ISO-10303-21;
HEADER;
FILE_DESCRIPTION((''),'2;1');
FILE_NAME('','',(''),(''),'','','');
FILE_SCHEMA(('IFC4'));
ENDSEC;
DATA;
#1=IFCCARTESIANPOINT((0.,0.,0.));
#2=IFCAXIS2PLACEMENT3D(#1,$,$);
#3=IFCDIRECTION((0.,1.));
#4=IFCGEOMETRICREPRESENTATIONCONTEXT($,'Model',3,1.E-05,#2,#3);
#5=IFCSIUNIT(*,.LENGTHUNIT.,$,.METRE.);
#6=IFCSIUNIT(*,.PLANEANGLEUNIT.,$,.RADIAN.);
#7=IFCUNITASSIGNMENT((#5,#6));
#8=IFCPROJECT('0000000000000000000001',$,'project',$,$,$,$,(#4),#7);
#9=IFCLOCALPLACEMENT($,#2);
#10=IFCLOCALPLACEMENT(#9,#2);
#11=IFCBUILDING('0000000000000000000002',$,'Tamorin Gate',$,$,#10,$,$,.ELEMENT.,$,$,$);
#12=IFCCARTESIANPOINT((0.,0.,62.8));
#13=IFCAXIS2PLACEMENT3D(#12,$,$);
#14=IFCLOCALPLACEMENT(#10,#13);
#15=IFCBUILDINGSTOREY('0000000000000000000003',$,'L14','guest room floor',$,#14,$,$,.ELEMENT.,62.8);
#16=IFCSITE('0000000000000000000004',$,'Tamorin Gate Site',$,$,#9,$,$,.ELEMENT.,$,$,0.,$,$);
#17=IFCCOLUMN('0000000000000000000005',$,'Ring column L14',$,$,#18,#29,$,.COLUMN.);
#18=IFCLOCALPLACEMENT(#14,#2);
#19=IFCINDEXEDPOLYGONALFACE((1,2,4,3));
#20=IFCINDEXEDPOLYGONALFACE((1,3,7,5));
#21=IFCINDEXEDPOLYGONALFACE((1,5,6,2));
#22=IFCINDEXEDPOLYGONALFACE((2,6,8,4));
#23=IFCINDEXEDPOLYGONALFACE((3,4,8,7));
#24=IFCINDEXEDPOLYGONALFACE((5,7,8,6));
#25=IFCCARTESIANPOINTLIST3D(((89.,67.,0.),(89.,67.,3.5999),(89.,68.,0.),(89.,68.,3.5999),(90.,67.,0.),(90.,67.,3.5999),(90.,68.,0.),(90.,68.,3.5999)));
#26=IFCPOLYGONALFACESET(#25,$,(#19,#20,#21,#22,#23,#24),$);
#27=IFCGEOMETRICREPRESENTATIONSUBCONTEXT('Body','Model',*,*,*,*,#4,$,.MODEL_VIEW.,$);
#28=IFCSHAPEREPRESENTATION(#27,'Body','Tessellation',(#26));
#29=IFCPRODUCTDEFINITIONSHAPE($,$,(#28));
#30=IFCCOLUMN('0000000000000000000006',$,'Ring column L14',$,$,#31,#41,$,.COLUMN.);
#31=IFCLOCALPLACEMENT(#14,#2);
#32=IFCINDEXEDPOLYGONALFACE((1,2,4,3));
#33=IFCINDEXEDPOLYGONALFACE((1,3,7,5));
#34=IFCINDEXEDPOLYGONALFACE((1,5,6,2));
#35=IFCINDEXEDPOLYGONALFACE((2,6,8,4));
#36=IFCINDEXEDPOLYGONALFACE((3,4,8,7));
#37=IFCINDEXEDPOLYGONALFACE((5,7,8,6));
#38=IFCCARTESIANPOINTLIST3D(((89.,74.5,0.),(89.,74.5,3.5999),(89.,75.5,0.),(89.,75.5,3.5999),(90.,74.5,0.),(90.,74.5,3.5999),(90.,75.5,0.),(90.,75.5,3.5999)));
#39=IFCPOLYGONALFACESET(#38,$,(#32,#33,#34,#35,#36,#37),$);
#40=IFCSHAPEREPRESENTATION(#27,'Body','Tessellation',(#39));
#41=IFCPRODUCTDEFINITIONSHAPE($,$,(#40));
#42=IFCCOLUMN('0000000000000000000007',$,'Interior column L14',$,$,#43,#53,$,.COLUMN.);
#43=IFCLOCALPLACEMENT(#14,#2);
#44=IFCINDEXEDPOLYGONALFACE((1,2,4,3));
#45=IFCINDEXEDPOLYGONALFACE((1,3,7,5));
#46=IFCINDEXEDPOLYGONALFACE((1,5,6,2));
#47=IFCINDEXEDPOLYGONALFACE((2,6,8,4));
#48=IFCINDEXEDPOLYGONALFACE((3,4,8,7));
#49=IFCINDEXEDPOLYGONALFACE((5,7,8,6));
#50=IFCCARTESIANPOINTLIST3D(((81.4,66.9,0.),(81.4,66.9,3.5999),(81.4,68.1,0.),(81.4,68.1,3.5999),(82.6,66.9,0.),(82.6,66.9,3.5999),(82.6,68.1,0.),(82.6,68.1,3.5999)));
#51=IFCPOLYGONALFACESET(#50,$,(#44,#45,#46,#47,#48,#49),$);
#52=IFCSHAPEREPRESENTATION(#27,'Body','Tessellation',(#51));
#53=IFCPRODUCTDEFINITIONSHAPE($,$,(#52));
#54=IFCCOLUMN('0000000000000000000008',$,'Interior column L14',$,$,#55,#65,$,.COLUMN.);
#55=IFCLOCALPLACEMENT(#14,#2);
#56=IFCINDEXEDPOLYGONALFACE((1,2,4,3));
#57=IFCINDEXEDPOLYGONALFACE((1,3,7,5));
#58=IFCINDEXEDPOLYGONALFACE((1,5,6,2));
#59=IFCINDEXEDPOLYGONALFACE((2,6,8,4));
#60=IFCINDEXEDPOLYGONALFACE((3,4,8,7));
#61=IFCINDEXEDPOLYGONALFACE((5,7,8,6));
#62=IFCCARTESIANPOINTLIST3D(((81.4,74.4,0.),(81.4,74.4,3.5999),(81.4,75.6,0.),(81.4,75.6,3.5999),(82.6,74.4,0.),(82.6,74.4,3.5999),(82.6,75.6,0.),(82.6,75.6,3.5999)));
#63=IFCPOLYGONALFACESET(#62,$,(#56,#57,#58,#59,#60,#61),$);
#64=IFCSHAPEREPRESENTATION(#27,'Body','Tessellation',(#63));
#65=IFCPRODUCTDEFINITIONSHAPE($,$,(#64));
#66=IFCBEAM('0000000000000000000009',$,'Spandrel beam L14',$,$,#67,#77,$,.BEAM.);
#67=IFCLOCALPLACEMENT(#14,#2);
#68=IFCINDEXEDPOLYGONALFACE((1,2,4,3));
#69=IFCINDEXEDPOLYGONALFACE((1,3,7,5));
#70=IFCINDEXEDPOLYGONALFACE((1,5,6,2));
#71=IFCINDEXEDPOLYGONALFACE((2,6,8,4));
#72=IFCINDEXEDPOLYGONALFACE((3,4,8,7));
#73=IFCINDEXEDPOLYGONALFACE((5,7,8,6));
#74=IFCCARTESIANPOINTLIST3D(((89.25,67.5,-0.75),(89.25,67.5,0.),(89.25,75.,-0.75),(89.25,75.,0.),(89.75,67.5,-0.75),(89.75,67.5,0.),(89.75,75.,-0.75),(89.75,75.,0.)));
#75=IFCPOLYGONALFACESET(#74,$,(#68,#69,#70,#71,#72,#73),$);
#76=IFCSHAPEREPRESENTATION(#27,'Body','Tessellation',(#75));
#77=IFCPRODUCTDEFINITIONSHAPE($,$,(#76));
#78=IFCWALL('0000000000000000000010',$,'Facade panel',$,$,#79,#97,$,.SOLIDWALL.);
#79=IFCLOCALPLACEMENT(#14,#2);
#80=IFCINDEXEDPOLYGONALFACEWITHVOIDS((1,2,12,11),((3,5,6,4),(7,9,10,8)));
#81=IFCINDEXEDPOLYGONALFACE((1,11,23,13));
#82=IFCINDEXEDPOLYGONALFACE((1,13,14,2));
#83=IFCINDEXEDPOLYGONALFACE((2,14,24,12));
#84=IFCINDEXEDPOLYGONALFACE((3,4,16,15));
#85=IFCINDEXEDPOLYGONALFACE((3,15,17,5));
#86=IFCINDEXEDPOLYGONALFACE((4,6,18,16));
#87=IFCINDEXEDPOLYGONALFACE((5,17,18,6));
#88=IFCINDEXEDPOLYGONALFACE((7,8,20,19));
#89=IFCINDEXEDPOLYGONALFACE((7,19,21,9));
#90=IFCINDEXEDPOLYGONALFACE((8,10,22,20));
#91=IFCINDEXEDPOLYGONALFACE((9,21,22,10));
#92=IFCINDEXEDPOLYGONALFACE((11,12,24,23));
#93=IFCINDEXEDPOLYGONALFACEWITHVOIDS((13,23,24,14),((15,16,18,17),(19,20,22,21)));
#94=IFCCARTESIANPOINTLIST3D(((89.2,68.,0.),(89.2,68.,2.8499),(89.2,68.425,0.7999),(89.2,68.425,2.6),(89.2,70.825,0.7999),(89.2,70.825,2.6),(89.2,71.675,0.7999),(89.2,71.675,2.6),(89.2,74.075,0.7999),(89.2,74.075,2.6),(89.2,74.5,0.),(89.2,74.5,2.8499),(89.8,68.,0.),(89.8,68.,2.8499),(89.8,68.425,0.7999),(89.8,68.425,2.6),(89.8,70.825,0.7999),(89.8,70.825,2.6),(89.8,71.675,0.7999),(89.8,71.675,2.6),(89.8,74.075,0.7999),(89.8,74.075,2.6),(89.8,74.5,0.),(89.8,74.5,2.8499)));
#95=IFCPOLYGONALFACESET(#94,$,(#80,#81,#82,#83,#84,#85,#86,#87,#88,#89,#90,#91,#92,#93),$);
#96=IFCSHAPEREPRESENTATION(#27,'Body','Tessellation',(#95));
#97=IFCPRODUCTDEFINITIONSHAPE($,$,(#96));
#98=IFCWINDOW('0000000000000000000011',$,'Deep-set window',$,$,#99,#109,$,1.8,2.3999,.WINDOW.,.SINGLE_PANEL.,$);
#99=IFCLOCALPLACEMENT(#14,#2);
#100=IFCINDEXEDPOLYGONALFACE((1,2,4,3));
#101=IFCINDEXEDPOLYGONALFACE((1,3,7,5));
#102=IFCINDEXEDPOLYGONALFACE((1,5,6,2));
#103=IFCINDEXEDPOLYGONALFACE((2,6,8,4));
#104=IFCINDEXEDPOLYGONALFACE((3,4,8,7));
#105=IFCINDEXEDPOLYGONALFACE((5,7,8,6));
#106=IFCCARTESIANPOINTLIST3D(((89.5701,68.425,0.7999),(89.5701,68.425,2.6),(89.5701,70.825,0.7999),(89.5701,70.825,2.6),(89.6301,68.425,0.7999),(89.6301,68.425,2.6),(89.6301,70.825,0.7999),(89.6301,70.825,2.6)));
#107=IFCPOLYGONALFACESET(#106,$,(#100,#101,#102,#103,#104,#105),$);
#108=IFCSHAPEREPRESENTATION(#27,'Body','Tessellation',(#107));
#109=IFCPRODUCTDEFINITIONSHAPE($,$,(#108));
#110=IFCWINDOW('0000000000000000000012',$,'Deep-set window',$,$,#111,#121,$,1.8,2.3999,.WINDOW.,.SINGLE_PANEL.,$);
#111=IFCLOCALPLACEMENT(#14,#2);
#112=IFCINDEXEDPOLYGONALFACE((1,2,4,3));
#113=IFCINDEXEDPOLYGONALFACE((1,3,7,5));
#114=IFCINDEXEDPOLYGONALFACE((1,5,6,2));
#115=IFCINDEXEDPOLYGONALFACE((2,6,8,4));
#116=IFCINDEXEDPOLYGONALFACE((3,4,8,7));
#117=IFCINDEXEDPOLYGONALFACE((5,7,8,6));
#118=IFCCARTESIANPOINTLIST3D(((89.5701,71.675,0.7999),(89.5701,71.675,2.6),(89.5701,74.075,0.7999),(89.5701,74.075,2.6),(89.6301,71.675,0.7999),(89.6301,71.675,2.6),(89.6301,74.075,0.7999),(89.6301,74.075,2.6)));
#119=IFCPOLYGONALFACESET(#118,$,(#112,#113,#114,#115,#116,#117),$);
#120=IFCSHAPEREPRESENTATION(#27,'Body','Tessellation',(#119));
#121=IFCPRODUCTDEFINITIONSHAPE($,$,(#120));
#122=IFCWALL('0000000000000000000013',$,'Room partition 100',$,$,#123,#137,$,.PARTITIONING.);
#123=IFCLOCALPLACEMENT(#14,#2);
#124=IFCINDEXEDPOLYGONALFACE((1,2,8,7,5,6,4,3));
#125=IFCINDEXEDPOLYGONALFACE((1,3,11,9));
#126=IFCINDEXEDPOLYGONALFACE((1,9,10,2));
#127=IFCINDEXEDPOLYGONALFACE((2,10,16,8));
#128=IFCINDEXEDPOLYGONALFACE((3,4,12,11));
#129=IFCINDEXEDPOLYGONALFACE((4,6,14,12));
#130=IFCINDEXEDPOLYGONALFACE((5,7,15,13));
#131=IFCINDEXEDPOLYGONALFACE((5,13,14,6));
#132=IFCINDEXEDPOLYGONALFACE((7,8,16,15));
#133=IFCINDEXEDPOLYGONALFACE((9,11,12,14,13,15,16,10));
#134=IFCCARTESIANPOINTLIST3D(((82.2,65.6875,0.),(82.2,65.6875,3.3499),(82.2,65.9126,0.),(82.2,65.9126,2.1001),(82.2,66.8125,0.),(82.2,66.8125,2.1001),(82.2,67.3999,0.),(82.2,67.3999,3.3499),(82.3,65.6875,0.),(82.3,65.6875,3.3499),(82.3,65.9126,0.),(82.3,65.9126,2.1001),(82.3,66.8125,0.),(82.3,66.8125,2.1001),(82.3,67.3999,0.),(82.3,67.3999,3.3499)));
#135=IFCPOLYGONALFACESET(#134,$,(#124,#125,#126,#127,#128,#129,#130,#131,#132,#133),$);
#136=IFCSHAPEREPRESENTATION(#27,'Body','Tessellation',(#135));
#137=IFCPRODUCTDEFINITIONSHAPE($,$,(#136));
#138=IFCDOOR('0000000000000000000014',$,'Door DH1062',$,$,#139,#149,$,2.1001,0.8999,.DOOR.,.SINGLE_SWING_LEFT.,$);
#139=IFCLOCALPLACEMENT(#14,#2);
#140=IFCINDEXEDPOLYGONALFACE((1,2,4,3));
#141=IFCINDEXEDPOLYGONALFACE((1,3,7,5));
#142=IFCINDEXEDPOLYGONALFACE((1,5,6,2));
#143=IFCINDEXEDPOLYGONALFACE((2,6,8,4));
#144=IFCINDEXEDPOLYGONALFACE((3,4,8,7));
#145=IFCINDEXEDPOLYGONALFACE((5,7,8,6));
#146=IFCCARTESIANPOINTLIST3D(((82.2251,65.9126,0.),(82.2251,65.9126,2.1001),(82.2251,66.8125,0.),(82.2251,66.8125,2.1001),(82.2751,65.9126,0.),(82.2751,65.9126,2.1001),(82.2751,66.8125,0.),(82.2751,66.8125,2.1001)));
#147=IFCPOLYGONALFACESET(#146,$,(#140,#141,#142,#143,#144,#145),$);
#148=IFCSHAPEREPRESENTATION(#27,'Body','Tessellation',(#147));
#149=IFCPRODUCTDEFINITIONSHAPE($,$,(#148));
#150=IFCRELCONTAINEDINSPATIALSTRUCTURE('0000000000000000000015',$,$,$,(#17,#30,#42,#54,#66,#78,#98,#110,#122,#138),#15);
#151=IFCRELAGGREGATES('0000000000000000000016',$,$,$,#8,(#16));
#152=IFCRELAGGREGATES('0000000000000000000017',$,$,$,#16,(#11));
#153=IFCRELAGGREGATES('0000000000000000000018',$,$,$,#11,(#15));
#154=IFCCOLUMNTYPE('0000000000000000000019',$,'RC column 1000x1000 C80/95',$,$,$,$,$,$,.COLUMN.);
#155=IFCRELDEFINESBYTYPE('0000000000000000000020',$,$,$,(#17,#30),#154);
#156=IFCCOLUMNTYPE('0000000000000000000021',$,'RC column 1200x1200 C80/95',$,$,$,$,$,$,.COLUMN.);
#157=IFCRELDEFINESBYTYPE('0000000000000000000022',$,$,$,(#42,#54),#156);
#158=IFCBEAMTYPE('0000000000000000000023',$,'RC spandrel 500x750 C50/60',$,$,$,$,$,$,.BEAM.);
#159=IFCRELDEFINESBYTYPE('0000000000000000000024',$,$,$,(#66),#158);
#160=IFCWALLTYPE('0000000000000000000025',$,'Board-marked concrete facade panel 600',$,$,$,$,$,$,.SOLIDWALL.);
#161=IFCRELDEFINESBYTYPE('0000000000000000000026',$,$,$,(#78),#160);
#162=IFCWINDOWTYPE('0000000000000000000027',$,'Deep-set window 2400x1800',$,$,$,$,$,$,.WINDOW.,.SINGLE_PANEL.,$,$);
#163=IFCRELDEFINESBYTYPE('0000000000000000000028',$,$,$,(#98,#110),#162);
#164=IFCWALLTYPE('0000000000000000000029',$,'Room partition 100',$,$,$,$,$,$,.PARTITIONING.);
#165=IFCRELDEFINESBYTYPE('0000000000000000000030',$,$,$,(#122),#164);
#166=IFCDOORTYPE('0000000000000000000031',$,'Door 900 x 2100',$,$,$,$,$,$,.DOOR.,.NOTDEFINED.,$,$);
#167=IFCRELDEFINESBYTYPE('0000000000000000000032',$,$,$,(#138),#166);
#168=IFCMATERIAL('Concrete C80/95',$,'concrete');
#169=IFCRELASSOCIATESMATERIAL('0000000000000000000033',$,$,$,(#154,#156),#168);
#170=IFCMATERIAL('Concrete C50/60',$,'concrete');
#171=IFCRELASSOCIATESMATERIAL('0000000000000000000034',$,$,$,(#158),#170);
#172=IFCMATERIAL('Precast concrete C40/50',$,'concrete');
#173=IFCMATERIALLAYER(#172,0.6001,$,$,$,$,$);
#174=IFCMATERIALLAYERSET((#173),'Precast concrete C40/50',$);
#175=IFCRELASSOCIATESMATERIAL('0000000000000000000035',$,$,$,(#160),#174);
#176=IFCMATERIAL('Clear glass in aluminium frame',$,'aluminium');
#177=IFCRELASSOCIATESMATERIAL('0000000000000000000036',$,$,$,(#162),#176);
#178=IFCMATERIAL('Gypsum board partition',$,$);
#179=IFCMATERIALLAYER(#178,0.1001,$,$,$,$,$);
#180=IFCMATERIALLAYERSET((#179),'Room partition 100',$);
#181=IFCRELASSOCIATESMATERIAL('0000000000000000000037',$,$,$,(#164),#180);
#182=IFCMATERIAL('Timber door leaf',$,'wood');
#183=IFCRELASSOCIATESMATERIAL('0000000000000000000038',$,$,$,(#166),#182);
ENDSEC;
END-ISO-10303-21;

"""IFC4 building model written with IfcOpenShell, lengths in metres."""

from ifc_helpers import new_model, si_unit, direction, frame, frame_2d, origin, origin_2d, place, context, subcontext, project, spatial, rectangle, extrude, material, layer, layer_set, material_profile, profile_set, type_object, element, fill, save


model = new_model("IFC4")

# Units and contexts
model_context = context("Model", 3, precision=1e-05, world=origin(), true_north=direction((0.0, 1.0)))
body_context = subcontext(model_context, "Body", "Model", "MODEL_VIEW")
ifc_project = project(units=[si_unit("LENGTHUNIT", "METRE"), si_unit("PLANEANGLEUNIT", "RADIAN")], contexts=[model_context])

# Site, building, storey
site_placement = place(None, origin())
site = spatial("IfcSite", under=ifc_project, at=site_placement, Name="Tamorin Gate Site", CompositionType="ELEMENT", RefElevation=0.0)
building_placement = place(site_placement, origin())
building = spatial("IfcBuilding", under=site, at=building_placement, Name="Tamorin Gate", CompositionType="ELEMENT")
storey_placement = place(building_placement, frame((0.0, 0.0, 62.8)))
storey = spatial("IfcBuildingStorey", under=building, at=storey_placement, Name="L14", Description="guest room floor", CompositionType="ELEMENT", Elevation=62.8)

# Columns
ifc_material_1 = material(Name="Concrete C80/95", Category="concrete")
ifc_material_profile_1 = material_profile(ifc_material_1, rectangle(XDim=1.0, YDim=1.0, at=origin_2d()), Name="RC 1000x1000")
ifc_profile_set_1 = profile_set([ifc_material_profile_1], Name="Concrete C80/95")
column_type_1 = type_object("IfcColumnType", Name="RC column 1000x1000 C80/95", PredefinedType="COLUMN", material=ifc_profile_set_1)
for number, where, z_axis, x_axis, name in (
    (1, (89.5, 67.5, 0.0), (0.0, 0.0, 1.0), (1.0, 0.0, 0.0), "Ring column L14"),
    (2, (89.5, 75.0, 0.0), (0.0, 0.0, 1.0), (1.0, 0.0, 0.0), "Ring column L14"),
):
    element("IfcColumn", number, at=place(storey_placement, frame(where, z_axis=z_axis, x_axis=x_axis)), inside=storey, type_object=column_type_1, Name=name, PredefinedType="COLUMN", context=body_context, shape_type="SweptSolid", body=[
        extrude(rectangle(XDim=1.0, YDim=1.0, at=origin_2d()), origin(), (0.0, 0.0, 1.0), 3.5999),
    ])
ifc_material_profile_2 = material_profile(ifc_material_1, rectangle(XDim=1.2, YDim=1.2, at=origin_2d()), Name="RC 1200x1200")
ifc_profile_set_2 = profile_set([ifc_material_profile_2], Name="Concrete C80/95")
column_type_2 = type_object("IfcColumnType", Name="RC column 1200x1200 C80/95", PredefinedType="COLUMN", material=ifc_profile_set_2)
for number, where, z_axis, x_axis, name in (
    (3, (82.0, 67.5, 0.0), (0.0, 0.0, 1.0), (1.0, 0.0, 0.0), "Interior column L14"),
    (4, (82.0, 75.0, 0.0), (0.0, 0.0, 1.0), (1.0, 0.0, 0.0), "Interior column L14"),
):
    element("IfcColumn", number, at=place(storey_placement, frame(where, z_axis=z_axis, x_axis=x_axis)), inside=storey, type_object=column_type_2, Name=name, PredefinedType="COLUMN", context=body_context, shape_type="SweptSolid", body=[
        extrude(rectangle(XDim=1.2, YDim=1.2, at=origin_2d()), origin(), (0.0, 0.0, 1.0), 3.5999),
    ])

# Beam
ifc_material_2 = material(Name="Concrete C50/60", Category="concrete")
ifc_material_profile_3 = material_profile(ifc_material_2, rectangle(XDim=0.5, YDim=0.75, at=origin_2d()), Name="RC 500x750")
ifc_profile_set_3 = profile_set([ifc_material_profile_3], Name="Concrete C50/60")
beam_type = type_object("IfcBeamType", Name="RC spandrel 500x750 C50/60", PredefinedType="BEAM", material=ifc_profile_set_3)
beam_placement = place(storey_placement, frame((89.5, 67.5, -0.375), z_axis=(0.0, 1.0, 0.0), x_axis=(-1.0, 0.0, 0.0)))
element("IfcBeam", 5, at=beam_placement, inside=storey, type_object=beam_type, Name="Spandrel beam L14", PredefinedType="BEAM", context=body_context, shape_type="SweptSolid", body=[
    extrude(rectangle(XDim=0.5, YDim=0.75, at=origin_2d()), origin(), (0.0, 0.0, 1.0), 7.5),
])

# Wall, openings, windows
ifc_material_3 = material(Name="Precast concrete C40/50", Category="concrete")
ifc_layer_1 = layer(ifc_material_3, 0.6001)
ifc_layer_set_1 = layer_set([ifc_layer_1], Name="Precast concrete C40/50")
wall_type_1 = type_object("IfcWallType", Name="Board-marked concrete facade panel 600", PredefinedType="SOLIDWALL", material=ifc_layer_set_1)
wall_1_placement = place(storey_placement, frame((89.5, 68.0, 0.0), z_axis=(0.0, 0.0, 1.0), x_axis=(0.0, 1.0, 0.0)))
wall_1 = element("IfcWall", 6, at=wall_1_placement, inside=storey, type_object=wall_type_1, Name="Facade panel", PredefinedType="SOLIDWALL", context=body_context, shape_type="SweptSolid", body=[
    extrude(rectangle(XDim=6.5, YDim=0.6001, at=frame_2d((3.25, 0.0))), origin(), (0.0, 0.0, 1.0), 2.8499),
])
opening_1_placement = place(wall_1_placement, frame((0.425, 0.0, 0.8)))
opening_1 = element("IfcOpeningElement", 7, at=opening_1_placement, cuts=wall_1, PredefinedType="OPENING", context=body_context, shape_type="SweptSolid", body=[
    extrude(rectangle(XDim=2.3999, YDim=1.8, at=frame_2d((1.2, 0.8999))), frame((0.0, 0.3101, 0.0), z_axis=(0.0, -1.0, 0.0), x_axis=(1.0, 0.0, 0.0)), (0.0, 0.0, 1.0), 0.6201),
])
opening_2_placement = place(wall_1_placement, frame((3.675, 0.0, 0.8)))
opening_2 = element("IfcOpeningElement", 8, at=opening_2_placement, cuts=wall_1, PredefinedType="OPENING", context=body_context, shape_type="SweptSolid", body=[
    extrude(rectangle(XDim=2.3999, YDim=1.8, at=frame_2d((1.2, 0.8999))), frame((0.0, 0.3101, 0.0), z_axis=(0.0, -1.0, 0.0), x_axis=(1.0, 0.0, 0.0)), (0.0, 0.0, 1.0), 0.6201),
])
ifc_material_4 = material(Name="Clear glass in aluminium frame", Category="aluminium")
window_type = type_object("IfcWindowType", Name="Deep-set window 2400x1800", PartitioningType="SINGLE_PANEL", PredefinedType="WINDOW", material=ifc_material_4)
window_1_placement = place(opening_1_placement, origin())
window_1 = element("IfcWindow", 9, at=window_1_placement, inside=storey, type_object=window_type, Name="Deep-set window", OverallHeight=1.8, OverallWidth=2.3999, PartitioningType="SINGLE_PANEL", PredefinedType="WINDOW", context=body_context, shape_type="SweptSolid", body=[
    extrude(rectangle(XDim=2.3999, YDim=1.8, at=frame_2d((1.2, 0.8999))), frame((0.0, -0.0701, 0.0), z_axis=(0.0, -1.0, 0.0), x_axis=(1.0, 0.0, 0.0)), (0.0, 0.0, 1.0), 0.0601),
])
fill(opening_1, window_1)
window_2_placement = place(opening_2_placement, origin())
window_2 = element("IfcWindow", 10, at=window_2_placement, inside=storey, type_object=window_type, Name="Deep-set window", OverallHeight=1.8, OverallWidth=2.3999, PartitioningType="SINGLE_PANEL", PredefinedType="WINDOW", context=body_context, shape_type="SweptSolid", body=[
    extrude(rectangle(XDim=2.3999, YDim=1.8, at=frame_2d((1.2, 0.8999))), frame((0.0, -0.0701, 0.0), z_axis=(0.0, -1.0, 0.0), x_axis=(1.0, 0.0, 0.0)), (0.0, 0.0, 1.0), 0.0601),
])
fill(opening_2, window_2)

# Wall, opening, door
ifc_material_5 = material(Name="Gypsum board partition")
ifc_layer_2 = layer(ifc_material_5, 0.1001)
ifc_layer_set_2 = layer_set([ifc_layer_2], Name="Room partition 100")
wall_type_2 = type_object("IfcWallType", Name="Room partition 100", PredefinedType="PARTITIONING", material=ifc_layer_set_2)
wall_2_placement = place(storey_placement, frame((82.25, 65.6875, 0.0), z_axis=(0.0, 0.0, 1.0), x_axis=(0.0, 1.0, 0.0)))
wall_2 = element("IfcWall", 11, at=wall_2_placement, inside=storey, type_object=wall_type_2, Name="Room partition 100", PredefinedType="PARTITIONING", context=body_context, shape_type="SweptSolid", body=[
    extrude(rectangle(XDim=1.7124, YDim=0.1001, at=frame_2d((0.8562, 0.0))), origin(), (0.0, 0.0, 1.0), 3.3499),
])
opening_3_placement = place(wall_2_placement, frame((0.2251, 0.0, 0.0)))
opening_3 = element("IfcOpeningElement", 12, at=opening_3_placement, cuts=wall_2, PredefinedType="OPENING", context=body_context, shape_type="SweptSolid", body=[
    extrude(rectangle(XDim=0.8999, YDim=2.1001, at=frame_2d((0.45, 1.05))), frame((0.0, 0.0601, 0.0), z_axis=(0.0, -1.0, 0.0), x_axis=(1.0, 0.0, 0.0)), (0.0, 0.0, 1.0), 0.1201),
])
ifc_material_6 = material(Name="Timber door leaf", Category="wood")
door_type = type_object("IfcDoorType", Name="Door 900 x 2100", OperationType="NOTDEFINED", PredefinedType="DOOR", material=ifc_material_6)
door_1_placement = place(opening_3_placement, origin())
door_1 = element("IfcDoor", 13, at=door_1_placement, inside=storey, type_object=door_type, Name="Door DH1062", OperationType="SINGLE_SWING_LEFT", OverallHeight=2.1001, OverallWidth=0.8999, PredefinedType="DOOR", context=body_context, shape_type="SweptSolid", body=[
    extrude(rectangle(XDim=0.8999, YDim=2.1001, at=frame_2d((0.45, 1.05))), frame((0.0, 0.0249, 0.0), z_axis=(0.0, -1.0, 0.0), x_axis=(1.0, 0.0, 0.0)), (0.0, 0.0, 1.0), 0.05),
])
fill(opening_3, door_1)

save(model, "model.ifc")
